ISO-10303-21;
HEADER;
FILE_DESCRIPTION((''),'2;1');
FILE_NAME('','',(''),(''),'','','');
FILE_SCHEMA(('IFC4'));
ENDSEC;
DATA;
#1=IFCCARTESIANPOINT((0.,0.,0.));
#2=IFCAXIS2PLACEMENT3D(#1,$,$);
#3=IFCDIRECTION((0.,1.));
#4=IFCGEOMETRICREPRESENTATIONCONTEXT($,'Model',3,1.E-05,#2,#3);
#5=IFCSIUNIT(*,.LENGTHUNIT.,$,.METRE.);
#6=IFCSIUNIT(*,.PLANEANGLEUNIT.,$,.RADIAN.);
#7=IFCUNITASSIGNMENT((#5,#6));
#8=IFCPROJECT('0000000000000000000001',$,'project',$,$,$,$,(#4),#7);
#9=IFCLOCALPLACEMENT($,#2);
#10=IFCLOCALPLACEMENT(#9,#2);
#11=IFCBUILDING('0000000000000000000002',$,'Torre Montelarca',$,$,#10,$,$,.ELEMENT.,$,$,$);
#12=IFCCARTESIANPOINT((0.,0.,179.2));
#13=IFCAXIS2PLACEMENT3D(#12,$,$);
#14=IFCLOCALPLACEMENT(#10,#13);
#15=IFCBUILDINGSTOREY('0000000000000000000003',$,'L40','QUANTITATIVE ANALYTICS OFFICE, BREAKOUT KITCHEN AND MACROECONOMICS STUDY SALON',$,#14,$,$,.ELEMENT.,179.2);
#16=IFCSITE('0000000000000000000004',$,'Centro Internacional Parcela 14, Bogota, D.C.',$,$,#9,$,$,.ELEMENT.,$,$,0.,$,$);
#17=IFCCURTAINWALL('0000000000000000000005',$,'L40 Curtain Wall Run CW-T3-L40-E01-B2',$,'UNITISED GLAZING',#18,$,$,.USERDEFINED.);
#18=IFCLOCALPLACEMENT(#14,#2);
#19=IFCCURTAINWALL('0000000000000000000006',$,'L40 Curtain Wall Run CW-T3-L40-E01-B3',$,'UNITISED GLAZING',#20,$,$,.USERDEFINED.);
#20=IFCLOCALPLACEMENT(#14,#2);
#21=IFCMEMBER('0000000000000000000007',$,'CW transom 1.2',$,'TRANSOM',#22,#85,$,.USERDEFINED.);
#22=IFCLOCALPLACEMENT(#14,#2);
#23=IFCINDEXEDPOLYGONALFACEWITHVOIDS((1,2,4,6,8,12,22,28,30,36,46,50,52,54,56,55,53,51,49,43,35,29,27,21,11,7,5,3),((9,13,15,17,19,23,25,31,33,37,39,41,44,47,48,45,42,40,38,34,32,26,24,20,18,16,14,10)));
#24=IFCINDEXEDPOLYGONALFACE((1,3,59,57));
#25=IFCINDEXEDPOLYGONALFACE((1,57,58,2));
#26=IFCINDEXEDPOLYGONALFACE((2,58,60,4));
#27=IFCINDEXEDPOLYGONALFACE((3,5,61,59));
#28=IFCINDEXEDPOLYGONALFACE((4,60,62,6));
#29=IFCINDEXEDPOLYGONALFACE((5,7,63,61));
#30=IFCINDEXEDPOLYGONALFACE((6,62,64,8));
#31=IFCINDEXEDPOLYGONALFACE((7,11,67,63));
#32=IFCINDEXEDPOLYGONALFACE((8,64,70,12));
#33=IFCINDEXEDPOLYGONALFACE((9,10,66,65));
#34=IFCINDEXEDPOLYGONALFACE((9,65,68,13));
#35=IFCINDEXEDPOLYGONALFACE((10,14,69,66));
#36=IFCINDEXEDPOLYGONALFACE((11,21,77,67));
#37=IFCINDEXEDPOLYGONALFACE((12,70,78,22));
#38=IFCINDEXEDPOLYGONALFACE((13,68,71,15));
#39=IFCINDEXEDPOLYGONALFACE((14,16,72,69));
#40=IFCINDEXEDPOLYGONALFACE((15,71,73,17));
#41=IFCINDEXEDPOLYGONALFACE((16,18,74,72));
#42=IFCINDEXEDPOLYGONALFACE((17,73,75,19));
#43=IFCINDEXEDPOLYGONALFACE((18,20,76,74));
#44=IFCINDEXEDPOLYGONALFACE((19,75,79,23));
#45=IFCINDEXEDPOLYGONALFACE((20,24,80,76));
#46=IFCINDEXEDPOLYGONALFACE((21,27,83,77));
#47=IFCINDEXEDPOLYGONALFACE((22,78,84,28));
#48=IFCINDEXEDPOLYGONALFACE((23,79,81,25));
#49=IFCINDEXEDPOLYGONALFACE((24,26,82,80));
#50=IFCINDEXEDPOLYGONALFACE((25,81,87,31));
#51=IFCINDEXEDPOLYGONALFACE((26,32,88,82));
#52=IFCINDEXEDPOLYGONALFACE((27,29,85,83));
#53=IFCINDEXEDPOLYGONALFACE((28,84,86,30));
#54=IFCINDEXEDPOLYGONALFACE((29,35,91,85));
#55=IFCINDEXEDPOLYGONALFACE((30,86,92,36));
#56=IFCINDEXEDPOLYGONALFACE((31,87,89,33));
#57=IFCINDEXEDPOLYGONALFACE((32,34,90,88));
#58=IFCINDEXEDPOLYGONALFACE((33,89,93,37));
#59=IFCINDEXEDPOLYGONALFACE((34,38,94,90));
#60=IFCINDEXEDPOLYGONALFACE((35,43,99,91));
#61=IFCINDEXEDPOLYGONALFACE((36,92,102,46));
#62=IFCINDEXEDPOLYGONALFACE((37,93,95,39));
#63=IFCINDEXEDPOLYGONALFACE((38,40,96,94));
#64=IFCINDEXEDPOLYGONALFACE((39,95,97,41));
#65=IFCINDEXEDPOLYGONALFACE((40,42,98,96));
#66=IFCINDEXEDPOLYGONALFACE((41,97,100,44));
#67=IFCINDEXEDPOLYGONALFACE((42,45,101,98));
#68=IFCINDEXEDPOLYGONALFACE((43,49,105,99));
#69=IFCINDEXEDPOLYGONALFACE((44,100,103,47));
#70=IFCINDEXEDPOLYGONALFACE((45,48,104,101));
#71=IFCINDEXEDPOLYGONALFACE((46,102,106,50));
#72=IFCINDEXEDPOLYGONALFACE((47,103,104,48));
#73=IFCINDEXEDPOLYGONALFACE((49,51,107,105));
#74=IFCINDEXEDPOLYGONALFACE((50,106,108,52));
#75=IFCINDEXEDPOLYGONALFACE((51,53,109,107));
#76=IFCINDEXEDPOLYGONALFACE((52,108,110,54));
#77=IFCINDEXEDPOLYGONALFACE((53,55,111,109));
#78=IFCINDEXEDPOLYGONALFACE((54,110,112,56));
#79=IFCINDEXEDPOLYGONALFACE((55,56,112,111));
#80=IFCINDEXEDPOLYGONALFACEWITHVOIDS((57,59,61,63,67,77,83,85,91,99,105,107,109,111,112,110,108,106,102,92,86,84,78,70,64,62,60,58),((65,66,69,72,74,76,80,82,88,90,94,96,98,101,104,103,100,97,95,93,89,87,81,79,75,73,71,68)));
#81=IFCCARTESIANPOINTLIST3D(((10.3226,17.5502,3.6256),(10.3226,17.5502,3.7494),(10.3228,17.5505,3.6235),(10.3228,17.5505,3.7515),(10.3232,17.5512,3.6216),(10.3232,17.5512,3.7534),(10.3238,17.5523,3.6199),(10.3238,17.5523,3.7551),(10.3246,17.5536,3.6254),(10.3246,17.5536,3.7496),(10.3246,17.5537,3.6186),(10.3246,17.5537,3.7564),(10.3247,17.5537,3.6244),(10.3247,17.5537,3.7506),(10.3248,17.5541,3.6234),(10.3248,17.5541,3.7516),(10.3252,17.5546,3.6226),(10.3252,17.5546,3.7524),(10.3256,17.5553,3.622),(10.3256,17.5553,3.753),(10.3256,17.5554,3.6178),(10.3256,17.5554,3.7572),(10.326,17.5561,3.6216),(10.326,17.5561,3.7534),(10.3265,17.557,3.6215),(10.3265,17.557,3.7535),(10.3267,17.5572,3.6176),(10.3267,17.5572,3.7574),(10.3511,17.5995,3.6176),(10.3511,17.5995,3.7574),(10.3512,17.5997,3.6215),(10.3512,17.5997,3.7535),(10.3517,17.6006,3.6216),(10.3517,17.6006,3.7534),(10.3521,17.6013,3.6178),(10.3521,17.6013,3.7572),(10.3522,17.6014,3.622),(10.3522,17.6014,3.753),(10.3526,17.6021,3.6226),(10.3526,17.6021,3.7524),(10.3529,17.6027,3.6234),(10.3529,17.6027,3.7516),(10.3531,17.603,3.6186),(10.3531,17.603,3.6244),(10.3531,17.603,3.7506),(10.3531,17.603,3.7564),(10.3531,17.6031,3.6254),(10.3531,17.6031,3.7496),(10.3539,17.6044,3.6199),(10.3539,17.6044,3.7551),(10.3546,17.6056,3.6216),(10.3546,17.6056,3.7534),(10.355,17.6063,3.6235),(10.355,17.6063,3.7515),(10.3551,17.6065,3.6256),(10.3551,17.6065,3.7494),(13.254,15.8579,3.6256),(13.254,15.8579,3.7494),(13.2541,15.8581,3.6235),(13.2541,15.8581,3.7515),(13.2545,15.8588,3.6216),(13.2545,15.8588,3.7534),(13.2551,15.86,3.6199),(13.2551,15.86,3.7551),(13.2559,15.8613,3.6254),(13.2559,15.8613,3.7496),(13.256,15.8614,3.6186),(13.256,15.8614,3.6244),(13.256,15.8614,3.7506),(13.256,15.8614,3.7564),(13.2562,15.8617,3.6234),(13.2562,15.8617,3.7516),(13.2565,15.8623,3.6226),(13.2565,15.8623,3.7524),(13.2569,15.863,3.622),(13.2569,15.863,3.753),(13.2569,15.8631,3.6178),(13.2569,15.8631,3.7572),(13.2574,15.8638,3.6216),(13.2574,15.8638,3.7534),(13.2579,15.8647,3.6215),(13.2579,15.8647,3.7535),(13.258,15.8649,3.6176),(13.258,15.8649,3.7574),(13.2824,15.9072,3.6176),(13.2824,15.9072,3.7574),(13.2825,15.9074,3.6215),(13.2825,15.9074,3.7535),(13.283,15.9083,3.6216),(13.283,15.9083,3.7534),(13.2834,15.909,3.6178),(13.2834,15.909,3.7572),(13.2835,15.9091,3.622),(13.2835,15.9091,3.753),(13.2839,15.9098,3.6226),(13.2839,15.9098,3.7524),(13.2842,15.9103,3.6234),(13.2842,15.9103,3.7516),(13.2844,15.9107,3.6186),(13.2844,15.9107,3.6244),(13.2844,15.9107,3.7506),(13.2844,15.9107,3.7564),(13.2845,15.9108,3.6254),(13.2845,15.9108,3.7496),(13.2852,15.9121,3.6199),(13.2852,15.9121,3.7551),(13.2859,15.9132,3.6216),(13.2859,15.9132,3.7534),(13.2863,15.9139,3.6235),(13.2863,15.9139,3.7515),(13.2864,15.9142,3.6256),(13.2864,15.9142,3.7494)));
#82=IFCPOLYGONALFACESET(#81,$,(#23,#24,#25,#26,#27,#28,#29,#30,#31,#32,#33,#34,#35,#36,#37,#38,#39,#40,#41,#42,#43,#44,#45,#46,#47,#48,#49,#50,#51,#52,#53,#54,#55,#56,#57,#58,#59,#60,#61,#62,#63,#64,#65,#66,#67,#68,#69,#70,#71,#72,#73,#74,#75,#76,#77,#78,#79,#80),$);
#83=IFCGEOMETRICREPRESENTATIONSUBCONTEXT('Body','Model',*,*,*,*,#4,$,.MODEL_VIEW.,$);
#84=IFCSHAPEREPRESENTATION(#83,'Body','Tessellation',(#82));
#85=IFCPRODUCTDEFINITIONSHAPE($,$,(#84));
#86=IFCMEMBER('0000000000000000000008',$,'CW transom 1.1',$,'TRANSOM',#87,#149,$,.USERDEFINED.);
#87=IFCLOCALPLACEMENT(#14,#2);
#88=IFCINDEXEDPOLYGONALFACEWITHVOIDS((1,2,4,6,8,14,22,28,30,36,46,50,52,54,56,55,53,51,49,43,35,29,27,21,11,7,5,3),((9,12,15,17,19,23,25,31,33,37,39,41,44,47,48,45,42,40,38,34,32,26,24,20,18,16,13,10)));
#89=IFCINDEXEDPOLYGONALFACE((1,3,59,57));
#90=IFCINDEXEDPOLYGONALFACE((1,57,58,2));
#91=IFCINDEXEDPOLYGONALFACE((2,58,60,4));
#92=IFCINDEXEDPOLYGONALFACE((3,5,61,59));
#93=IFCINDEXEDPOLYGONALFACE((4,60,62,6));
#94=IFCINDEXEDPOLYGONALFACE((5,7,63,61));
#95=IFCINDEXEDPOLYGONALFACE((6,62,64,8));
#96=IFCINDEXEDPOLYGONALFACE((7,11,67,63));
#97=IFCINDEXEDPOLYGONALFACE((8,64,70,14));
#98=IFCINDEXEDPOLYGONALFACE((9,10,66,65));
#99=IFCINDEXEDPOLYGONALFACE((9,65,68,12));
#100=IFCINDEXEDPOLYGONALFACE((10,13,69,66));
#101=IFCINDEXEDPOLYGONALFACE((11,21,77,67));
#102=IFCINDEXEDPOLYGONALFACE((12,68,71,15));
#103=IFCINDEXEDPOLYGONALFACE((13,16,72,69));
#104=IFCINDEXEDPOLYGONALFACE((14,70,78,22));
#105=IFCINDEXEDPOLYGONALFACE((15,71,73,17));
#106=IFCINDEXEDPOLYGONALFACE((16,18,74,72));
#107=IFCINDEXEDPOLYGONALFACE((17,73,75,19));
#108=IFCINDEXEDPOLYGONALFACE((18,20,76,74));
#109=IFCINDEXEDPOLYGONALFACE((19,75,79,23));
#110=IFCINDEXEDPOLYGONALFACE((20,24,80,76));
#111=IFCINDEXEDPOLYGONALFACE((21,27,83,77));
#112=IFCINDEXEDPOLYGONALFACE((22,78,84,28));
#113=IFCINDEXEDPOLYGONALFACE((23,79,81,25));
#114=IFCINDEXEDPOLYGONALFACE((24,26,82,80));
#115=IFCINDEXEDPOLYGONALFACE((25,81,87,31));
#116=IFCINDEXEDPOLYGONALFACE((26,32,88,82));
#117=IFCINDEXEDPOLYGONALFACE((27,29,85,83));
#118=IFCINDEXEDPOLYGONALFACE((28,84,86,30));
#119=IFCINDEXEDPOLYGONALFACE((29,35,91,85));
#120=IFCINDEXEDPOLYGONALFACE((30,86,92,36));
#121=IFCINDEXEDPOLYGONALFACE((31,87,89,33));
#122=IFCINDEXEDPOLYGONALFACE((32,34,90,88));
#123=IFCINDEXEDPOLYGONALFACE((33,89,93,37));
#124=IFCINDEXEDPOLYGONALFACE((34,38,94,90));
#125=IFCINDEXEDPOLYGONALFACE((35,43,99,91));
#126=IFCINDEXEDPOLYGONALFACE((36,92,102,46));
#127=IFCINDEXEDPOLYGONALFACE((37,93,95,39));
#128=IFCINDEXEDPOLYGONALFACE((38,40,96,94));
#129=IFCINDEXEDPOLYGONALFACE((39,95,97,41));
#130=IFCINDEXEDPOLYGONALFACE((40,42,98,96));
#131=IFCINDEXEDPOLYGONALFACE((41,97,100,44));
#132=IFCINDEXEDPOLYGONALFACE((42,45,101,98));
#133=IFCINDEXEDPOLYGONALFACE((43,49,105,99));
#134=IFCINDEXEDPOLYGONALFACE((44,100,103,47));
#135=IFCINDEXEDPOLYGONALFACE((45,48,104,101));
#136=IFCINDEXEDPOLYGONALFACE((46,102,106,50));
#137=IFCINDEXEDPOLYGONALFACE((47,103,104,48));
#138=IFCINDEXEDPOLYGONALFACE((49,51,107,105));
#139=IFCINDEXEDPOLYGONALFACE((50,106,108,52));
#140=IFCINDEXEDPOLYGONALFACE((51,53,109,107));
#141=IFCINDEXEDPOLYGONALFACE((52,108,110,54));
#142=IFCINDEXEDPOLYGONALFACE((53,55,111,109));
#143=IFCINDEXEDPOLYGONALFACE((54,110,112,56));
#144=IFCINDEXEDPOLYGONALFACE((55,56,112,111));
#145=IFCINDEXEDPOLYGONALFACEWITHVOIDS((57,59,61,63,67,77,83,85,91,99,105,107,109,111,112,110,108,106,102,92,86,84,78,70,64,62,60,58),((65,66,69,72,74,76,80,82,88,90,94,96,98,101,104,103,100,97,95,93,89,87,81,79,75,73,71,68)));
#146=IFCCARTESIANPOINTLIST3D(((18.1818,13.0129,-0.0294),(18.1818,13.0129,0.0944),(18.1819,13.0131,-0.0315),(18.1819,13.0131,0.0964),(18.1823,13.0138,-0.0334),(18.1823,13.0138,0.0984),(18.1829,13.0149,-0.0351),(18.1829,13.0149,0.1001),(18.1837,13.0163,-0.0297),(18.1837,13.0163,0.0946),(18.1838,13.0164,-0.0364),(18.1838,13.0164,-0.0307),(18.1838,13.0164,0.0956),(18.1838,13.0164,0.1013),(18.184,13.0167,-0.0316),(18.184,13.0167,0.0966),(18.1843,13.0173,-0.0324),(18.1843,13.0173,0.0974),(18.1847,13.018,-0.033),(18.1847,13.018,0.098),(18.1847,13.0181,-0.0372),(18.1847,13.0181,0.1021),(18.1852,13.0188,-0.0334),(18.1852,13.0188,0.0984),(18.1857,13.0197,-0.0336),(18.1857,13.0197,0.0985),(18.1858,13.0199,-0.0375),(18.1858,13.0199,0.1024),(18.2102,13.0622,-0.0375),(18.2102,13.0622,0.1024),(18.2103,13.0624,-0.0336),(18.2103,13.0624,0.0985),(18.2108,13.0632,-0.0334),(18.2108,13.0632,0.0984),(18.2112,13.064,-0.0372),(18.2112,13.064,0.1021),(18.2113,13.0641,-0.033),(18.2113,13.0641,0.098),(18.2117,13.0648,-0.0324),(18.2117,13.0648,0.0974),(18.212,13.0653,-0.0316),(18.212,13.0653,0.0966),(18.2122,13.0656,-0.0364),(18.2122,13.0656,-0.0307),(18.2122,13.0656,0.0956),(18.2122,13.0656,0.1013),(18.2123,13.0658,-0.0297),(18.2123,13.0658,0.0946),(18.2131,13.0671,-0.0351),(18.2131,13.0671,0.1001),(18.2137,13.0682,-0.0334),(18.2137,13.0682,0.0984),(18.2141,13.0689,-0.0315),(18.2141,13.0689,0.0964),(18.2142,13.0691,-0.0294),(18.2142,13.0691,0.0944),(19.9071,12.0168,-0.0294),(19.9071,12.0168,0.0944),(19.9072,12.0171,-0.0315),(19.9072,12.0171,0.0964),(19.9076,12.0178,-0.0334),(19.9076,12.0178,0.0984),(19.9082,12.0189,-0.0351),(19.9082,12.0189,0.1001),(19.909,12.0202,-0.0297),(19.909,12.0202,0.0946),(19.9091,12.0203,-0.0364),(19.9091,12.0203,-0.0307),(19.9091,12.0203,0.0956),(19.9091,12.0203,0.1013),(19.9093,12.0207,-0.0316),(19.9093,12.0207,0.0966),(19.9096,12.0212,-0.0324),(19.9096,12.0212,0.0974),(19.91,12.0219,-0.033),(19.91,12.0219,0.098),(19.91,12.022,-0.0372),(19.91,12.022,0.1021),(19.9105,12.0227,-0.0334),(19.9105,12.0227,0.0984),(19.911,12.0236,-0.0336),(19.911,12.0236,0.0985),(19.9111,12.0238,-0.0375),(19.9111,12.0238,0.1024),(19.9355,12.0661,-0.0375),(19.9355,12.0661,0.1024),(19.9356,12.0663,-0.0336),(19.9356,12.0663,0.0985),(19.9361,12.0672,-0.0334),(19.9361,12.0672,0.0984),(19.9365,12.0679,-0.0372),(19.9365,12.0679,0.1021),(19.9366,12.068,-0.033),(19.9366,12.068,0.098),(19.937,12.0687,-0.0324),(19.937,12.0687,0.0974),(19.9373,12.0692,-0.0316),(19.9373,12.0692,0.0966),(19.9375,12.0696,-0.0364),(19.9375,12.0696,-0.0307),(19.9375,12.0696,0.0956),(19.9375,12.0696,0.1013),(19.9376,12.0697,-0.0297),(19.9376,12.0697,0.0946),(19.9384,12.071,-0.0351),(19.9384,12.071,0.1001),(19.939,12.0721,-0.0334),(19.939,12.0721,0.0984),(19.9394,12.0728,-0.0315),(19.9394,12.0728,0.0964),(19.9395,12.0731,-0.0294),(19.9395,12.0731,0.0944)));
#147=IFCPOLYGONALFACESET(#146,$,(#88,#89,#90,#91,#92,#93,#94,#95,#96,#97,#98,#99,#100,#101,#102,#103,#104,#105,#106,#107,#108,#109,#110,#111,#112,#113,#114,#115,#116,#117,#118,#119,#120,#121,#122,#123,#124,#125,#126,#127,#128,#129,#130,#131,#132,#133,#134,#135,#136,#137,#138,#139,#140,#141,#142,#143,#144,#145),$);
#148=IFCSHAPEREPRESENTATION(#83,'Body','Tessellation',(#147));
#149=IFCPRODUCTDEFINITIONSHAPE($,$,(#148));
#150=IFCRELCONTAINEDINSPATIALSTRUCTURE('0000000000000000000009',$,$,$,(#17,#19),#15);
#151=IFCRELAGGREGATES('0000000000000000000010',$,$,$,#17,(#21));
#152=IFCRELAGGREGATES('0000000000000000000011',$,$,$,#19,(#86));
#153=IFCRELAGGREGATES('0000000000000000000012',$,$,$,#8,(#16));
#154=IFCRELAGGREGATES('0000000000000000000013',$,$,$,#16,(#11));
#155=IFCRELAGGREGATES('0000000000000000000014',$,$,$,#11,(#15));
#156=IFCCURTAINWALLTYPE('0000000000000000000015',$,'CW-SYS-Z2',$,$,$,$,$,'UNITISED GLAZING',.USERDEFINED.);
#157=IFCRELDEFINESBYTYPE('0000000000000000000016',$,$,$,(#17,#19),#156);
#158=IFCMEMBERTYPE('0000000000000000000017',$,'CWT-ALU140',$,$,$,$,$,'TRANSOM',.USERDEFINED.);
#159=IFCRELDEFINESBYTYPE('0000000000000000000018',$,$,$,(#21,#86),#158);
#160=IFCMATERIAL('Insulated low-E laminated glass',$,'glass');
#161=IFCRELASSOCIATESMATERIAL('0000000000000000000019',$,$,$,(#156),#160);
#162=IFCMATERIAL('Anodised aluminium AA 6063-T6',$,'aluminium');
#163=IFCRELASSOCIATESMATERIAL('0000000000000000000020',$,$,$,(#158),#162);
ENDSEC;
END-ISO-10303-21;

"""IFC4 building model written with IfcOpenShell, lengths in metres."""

from ifc_helpers import new_model, si_unit, direction, frame, origin, origin_2d, place, context, subcontext, project, spatial, hollow_rectangle, extrude, source, transform, mapped, material, material_profile, profile_set, type_object, element, aggregate, save


model = new_model("IFC4")

# Units and contexts
model_context = context("Model", 3, precision=1e-05, world=origin(), true_north=direction((0.0, 1.0)))
body_context = subcontext(model_context, "Body", "Model", "MODEL_VIEW")
ifc_project = project(units=[si_unit("LENGTHUNIT", "METRE"), si_unit("PLANEANGLEUNIT", "RADIAN")], contexts=[model_context])

# Site, building, storey
site_placement = place(None, origin())
site = spatial("IfcSite", under=ifc_project, at=site_placement, Name="Centro Internacional Parcela 14, Bogota, D.C.", CompositionType="ELEMENT", RefElevation=0.0)
building_placement = place(site_placement, origin())
building = spatial("IfcBuilding", under=site, at=building_placement, Name="Torre Montelarca", CompositionType="ELEMENT")
storey_placement = place(building_placement, frame((0.0, 0.0, 179.2)))
storey = spatial("IfcBuildingStorey", under=building, at=storey_placement, Name="L40", Description="QUANTITATIVE ANALYTICS OFFICE, BREAKOUT KITCHEN AND MACROECONOMICS STUDY SALON", CompositionType="ELEMENT", Elevation=179.2)

# Shared definitions
ifc_material_1 = material(Name="Insulated low-E laminated glass", Category="glass")
curtain_wall_type = type_object("IfcCurtainWallType", Name="CW-SYS-Z2", ElementType="UNITISED GLAZING", PredefinedType="USERDEFINED", material=ifc_material_1)
ifc_material_2 = material(Name="Anodised aluminium AA 6063-T6", Category="aluminium")
ifc_material_profile_1 = material_profile(ifc_material_2, hollow_rectangle(XDim=0.0649, YDim=0.1399, WallThickness=0.0039, InnerFilletRadius=0.0039, OuterFilletRadius=0.0081, at=origin_2d()), Name="ALU65X140X4", Category="aluminium")
ifc_profile_set_1 = profile_set([ifc_material_profile_1], Name="Anodised aluminium AA 6063-T6")
member_type_1 = type_object("IfcMemberType", Name="CWT-ALU140", ElementType="TRANSOM", PredefinedType="USERDEFINED", material=ifc_profile_set_1)

# Curtain walls
curtain_wall_1_placement = place(storey_placement, origin())
curtain_wall_1 = element("IfcCurtainWall", 1, at=curtain_wall_1_placement, inside=storey, type_object=curtain_wall_type, Name="L40 Curtain Wall Run CW-T3-L40-E01-B2", ObjectType="UNITISED GLAZING", PredefinedType="USERDEFINED")
curtain_wall_2_placement = place(storey_placement, origin())
curtain_wall_2 = element("IfcCurtainWall", 2, at=curtain_wall_2_placement, inside=storey, type_object=curtain_wall_type, Name="L40 Curtain Wall Run CW-T3-L40-E01-B3", ObjectType="UNITISED GLAZING", PredefinedType="USERDEFINED")

# Members
shared_shape_1 = source(origin(), body_context, "Body", "SweptSolid", [
    extrude(hollow_rectangle(XDim=0.0649, YDim=0.1399, WallThickness=0.0039, InnerFilletRadius=0.0039, OuterFilletRadius=0.0081, at=origin_2d()), origin(), (0.0, 0.0, 1.0), 3.3848),
])
member_1_placement = place(storey_placement, frame((10.3389, 17.5784, 3.6875), z_axis=(0.866033, -0.499987, 0.0), x_axis=(0.499987, 0.866033, 0.0)))
member_1 = element("IfcMember", 3, at=member_1_placement, type_object=member_type_1, Name="CW transom 1.2", ObjectType="TRANSOM", PredefinedType="USERDEFINED", context=body_context, shape_type="MappedRepresentation", body=[
    mapped(shared_shape_1, transform((0.0, 0.0, 0.0), scale=1.0)),
])
shared_shape_2 = source(origin(), body_context, "Body", "SweptSolid", [
    extrude(hollow_rectangle(XDim=0.0649, YDim=0.1399, WallThickness=0.0039, InnerFilletRadius=0.0039, OuterFilletRadius=0.0081, at=origin_2d()), origin(), (0.0, 0.0, 1.0), 1.9922),
])
member_2_placement = place(storey_placement, frame((18.198, 13.041, 0.0325), z_axis=(0.866033, -0.499988, 0.0), x_axis=(0.499988, 0.866033, 0.0)))
member_2 = element("IfcMember", 4, at=member_2_placement, type_object=member_type_1, Name="CW transom 1.1", ObjectType="TRANSOM", PredefinedType="USERDEFINED", context=body_context, shape_type="MappedRepresentation", body=[
    mapped(shared_shape_2, transform((0.0, 0.0, 0.0), scale=1.0)),
])

aggregate(curtain_wall_1, [member_1])
aggregate(curtain_wall_2, [member_2])

save(model, "model.ifc")
